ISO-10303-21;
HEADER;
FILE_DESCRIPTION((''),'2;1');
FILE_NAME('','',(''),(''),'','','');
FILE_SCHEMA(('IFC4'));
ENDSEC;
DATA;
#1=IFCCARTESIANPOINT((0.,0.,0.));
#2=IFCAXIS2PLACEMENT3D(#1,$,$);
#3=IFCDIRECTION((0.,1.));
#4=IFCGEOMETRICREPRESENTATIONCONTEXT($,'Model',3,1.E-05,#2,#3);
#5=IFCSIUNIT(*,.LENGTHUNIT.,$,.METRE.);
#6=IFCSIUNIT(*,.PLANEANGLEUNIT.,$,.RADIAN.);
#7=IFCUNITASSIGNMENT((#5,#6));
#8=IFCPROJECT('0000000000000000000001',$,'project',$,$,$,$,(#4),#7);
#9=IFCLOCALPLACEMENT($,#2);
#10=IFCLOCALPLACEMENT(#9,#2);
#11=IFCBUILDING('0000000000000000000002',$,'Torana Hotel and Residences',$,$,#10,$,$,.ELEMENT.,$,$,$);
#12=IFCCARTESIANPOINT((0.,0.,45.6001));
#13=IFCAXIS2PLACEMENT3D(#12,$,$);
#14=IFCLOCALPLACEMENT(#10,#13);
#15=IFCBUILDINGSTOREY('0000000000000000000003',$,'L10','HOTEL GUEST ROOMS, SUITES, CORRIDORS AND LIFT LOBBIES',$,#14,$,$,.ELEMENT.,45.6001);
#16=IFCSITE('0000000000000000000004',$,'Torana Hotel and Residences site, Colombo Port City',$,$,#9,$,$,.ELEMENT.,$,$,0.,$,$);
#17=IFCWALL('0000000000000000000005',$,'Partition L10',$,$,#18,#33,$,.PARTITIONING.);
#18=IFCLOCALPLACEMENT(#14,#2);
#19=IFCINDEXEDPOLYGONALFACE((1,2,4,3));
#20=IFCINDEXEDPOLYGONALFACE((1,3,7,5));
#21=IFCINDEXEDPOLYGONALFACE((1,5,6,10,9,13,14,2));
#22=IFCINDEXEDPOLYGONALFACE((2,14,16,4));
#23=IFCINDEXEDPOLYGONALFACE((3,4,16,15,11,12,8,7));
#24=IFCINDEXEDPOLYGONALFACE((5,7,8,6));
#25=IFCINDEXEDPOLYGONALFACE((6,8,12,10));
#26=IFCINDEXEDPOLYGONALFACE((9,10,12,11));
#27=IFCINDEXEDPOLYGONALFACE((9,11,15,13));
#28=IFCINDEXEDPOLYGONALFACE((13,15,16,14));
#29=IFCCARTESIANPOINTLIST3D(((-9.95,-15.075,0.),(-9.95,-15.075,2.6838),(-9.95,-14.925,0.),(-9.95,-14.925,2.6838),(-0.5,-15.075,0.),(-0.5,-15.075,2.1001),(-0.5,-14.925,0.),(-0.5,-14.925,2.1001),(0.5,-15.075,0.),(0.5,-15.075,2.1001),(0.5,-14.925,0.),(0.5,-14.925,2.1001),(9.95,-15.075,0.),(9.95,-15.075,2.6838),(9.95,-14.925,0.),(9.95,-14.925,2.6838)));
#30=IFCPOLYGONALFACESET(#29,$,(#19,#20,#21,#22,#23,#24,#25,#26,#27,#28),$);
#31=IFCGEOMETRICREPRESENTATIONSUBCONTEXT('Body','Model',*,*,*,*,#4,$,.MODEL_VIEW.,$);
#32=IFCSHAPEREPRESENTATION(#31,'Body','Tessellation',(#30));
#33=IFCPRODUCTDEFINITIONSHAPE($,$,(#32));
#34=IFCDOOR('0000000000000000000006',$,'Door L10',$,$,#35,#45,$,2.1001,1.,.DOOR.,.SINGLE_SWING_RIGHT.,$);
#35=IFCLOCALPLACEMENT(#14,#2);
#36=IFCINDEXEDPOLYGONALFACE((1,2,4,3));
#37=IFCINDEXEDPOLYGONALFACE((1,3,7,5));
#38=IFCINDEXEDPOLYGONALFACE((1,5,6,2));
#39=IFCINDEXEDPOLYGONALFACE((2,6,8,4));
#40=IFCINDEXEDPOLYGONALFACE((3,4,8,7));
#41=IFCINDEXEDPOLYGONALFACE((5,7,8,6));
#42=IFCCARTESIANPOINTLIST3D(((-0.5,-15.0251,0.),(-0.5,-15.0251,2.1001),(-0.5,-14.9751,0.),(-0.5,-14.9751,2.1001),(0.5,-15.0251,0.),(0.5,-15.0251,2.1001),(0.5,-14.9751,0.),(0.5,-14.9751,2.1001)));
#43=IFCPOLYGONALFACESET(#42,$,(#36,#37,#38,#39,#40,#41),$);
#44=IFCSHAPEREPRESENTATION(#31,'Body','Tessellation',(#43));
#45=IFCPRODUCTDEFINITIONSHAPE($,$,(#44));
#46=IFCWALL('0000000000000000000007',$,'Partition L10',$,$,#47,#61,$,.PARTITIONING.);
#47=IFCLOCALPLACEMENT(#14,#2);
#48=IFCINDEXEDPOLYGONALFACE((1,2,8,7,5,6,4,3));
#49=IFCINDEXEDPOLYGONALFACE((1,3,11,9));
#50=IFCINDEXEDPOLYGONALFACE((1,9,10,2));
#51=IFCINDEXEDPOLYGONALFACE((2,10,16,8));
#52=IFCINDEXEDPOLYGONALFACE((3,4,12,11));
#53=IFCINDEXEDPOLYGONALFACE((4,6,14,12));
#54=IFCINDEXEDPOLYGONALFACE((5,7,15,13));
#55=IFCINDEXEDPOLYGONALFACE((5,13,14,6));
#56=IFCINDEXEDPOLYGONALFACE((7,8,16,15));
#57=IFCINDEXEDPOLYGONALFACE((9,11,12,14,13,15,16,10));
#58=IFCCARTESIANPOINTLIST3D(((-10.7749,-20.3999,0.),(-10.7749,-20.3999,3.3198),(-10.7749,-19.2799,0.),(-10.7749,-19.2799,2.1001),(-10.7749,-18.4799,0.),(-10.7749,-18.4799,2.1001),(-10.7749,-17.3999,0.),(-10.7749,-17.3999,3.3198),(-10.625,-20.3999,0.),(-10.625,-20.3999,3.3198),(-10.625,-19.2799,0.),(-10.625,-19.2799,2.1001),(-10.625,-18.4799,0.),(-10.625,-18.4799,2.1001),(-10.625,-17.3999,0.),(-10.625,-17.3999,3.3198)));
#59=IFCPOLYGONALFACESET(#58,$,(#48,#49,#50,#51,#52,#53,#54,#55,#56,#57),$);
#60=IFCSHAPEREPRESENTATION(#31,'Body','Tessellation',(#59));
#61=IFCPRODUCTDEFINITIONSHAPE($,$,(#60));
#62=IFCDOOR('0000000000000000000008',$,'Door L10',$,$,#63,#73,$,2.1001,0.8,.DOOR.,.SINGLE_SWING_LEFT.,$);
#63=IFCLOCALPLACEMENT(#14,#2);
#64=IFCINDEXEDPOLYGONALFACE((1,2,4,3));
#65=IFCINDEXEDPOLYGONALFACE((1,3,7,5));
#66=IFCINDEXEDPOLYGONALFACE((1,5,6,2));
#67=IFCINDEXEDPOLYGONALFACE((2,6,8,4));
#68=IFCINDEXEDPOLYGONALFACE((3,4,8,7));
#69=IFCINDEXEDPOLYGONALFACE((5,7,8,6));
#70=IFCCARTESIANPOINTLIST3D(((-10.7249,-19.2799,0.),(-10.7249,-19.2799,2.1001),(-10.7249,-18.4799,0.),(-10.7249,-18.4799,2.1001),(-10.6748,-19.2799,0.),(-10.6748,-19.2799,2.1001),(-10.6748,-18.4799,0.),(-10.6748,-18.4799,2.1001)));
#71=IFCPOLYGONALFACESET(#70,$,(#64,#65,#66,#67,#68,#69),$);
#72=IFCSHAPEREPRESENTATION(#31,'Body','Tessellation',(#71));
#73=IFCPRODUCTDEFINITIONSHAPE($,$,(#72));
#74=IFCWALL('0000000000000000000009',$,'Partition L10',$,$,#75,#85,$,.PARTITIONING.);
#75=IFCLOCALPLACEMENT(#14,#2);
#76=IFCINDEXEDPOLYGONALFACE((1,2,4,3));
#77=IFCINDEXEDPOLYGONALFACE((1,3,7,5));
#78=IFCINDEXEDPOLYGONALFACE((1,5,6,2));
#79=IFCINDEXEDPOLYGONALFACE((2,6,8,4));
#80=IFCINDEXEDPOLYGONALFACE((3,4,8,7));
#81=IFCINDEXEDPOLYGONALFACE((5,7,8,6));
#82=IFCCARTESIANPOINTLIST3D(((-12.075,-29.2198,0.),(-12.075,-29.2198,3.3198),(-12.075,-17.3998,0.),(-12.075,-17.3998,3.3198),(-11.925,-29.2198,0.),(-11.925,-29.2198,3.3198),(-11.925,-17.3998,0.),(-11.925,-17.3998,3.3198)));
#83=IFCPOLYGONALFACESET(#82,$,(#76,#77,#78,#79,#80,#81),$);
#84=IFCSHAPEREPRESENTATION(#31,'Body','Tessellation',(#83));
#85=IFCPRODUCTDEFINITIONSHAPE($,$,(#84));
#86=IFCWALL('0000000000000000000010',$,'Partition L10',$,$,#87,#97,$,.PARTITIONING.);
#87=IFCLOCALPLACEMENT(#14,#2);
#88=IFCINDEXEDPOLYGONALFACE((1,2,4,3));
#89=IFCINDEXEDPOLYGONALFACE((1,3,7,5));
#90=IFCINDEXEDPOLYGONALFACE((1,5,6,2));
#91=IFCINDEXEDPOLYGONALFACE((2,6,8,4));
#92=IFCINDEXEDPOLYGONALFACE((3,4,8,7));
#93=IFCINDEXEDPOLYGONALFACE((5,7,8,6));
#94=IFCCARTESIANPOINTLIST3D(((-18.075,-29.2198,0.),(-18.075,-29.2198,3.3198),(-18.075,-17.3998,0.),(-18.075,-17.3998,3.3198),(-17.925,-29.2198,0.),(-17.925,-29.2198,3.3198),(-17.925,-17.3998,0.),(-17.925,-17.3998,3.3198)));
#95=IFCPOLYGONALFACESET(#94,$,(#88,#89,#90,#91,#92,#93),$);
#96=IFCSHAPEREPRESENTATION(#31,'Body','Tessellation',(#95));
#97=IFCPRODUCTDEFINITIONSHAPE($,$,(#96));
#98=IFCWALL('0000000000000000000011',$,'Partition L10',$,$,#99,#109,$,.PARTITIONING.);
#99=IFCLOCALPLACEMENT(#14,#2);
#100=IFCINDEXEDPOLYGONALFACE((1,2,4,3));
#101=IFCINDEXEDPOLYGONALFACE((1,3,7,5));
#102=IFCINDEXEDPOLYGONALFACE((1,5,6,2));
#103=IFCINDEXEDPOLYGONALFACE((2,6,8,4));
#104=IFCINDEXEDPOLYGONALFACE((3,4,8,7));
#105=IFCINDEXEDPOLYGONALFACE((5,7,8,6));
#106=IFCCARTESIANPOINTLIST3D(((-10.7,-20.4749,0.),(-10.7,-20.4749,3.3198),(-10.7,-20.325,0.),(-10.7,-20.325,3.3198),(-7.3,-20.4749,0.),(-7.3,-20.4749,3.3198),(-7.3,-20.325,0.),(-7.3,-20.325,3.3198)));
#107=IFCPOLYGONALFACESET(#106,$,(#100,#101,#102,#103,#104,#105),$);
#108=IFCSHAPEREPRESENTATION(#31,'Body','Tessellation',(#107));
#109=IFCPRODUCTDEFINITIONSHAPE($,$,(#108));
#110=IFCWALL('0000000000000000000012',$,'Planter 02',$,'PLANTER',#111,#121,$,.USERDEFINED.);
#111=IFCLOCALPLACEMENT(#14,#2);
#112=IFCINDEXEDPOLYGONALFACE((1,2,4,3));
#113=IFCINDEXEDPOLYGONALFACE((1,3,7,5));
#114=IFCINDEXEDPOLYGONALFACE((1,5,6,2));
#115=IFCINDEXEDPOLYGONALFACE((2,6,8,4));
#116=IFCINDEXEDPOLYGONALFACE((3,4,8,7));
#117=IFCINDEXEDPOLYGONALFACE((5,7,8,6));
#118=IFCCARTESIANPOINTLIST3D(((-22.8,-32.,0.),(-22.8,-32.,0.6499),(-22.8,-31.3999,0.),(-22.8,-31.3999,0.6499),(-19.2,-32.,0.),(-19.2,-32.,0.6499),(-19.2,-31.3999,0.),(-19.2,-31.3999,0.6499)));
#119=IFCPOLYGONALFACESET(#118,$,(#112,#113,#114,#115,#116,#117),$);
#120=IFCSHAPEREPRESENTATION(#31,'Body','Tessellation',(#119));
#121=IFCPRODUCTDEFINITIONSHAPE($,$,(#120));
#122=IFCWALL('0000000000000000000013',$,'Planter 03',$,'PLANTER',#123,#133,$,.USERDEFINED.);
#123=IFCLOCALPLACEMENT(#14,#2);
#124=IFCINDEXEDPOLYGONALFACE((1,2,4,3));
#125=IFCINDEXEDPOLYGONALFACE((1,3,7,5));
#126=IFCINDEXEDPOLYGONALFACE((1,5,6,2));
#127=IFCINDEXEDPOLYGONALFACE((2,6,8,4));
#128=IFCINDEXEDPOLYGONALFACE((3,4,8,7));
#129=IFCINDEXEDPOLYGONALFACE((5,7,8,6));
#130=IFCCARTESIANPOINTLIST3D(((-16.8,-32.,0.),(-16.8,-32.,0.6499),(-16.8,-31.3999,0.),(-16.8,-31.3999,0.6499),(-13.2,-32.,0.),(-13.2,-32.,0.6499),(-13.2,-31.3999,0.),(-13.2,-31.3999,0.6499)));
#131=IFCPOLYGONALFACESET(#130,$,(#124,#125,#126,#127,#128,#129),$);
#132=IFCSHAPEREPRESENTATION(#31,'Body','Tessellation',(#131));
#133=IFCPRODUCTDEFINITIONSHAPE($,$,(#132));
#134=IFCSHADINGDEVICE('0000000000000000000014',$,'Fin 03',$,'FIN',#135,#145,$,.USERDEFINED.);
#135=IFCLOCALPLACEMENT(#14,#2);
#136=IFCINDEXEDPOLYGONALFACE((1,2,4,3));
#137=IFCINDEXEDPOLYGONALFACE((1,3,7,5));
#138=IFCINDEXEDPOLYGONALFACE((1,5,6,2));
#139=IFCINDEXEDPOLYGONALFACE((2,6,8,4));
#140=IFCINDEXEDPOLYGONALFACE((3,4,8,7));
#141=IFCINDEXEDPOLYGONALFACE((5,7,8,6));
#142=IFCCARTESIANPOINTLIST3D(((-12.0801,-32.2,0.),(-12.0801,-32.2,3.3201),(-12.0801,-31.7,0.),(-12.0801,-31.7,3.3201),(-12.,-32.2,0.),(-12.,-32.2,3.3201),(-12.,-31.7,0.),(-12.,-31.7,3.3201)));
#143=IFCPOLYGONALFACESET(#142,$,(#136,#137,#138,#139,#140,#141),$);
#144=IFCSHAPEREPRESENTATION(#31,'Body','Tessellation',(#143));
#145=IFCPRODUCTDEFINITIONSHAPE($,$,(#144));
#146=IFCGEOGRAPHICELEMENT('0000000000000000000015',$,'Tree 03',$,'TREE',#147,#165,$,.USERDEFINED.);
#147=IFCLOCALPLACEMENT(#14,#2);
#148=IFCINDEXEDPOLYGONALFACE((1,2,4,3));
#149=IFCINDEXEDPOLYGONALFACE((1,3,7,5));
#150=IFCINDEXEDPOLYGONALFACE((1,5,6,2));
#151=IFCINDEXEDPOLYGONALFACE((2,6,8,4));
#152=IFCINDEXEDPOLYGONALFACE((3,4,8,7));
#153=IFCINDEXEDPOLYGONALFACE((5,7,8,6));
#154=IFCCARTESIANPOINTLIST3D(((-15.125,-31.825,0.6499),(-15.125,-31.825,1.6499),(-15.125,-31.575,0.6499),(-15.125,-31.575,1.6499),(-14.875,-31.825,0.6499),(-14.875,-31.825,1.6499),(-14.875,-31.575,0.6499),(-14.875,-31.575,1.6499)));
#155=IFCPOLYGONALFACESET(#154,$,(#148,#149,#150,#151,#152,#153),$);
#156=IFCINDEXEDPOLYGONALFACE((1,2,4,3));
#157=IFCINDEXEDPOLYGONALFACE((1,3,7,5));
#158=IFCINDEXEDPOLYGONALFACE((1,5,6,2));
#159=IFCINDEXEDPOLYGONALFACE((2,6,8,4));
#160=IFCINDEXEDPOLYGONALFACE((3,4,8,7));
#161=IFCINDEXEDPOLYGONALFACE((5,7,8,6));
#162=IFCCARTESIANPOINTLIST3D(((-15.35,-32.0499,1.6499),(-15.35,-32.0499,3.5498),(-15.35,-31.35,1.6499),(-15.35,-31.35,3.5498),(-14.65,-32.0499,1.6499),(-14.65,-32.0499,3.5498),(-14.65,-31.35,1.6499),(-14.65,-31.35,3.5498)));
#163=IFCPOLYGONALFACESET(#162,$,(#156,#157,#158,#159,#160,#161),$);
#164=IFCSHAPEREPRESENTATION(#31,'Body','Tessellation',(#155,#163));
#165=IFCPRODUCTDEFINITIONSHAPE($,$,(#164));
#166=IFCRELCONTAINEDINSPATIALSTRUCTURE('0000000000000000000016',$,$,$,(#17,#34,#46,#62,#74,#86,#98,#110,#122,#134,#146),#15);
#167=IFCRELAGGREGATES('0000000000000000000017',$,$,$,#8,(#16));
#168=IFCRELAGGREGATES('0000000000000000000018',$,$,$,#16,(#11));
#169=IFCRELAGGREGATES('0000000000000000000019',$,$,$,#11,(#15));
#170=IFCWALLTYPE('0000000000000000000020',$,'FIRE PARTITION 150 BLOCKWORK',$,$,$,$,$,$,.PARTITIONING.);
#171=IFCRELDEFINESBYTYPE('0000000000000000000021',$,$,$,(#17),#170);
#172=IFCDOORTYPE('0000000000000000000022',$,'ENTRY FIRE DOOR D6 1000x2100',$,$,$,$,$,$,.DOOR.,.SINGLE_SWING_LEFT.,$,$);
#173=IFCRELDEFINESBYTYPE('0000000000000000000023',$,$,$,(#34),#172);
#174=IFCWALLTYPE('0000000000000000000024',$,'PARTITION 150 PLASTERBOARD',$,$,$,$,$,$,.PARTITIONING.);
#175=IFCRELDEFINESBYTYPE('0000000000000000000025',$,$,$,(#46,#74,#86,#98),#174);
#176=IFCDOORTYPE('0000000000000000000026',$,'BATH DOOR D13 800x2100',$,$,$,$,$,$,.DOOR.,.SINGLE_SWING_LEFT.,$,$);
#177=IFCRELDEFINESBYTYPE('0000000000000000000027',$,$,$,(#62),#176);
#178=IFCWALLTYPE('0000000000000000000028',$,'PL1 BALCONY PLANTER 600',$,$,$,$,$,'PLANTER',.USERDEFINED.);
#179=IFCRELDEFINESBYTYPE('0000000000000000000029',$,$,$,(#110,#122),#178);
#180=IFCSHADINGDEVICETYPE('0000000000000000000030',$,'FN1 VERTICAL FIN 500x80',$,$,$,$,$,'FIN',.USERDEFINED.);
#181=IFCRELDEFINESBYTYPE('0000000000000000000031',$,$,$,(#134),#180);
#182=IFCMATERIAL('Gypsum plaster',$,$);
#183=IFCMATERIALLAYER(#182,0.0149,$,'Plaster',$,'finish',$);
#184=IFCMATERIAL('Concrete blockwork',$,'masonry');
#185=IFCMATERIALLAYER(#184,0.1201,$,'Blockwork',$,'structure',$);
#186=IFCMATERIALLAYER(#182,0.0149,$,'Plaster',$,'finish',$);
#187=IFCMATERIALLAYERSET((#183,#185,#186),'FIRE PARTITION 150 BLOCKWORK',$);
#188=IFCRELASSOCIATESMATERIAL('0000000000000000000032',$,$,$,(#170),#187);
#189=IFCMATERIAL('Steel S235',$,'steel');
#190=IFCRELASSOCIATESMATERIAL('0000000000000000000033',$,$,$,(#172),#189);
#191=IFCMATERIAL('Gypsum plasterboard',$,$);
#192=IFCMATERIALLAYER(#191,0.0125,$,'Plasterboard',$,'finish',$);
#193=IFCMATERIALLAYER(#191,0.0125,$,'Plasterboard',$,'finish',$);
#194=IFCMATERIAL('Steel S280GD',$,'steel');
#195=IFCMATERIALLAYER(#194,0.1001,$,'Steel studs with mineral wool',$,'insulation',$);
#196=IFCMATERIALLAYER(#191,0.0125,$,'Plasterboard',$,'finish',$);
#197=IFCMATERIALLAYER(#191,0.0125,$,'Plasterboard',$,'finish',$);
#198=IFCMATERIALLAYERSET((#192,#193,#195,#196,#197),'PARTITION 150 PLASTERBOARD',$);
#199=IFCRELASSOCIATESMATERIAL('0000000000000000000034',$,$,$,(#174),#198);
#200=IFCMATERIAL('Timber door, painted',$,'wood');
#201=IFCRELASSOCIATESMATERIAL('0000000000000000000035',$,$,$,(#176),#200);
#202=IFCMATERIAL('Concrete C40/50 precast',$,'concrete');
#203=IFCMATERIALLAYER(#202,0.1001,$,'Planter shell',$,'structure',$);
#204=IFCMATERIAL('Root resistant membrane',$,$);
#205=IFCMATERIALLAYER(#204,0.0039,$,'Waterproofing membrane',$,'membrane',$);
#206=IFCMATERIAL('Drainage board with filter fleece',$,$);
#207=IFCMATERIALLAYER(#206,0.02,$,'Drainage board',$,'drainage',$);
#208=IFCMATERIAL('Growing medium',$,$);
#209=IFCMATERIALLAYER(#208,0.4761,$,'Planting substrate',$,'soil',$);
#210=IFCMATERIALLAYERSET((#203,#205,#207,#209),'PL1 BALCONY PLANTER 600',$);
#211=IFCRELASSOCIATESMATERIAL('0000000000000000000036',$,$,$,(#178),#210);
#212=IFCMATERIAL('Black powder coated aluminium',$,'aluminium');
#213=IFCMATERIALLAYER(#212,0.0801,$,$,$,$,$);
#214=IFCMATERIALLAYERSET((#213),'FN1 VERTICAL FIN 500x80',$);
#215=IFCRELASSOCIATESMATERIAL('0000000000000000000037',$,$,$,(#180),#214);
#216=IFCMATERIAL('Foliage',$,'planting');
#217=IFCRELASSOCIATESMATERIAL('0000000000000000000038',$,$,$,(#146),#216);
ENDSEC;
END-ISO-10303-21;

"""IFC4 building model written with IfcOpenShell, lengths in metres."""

from ifc_helpers import new_model, si_unit, direction, frame, frame_2d, origin, origin_2d, place, context, subcontext, project, spatial, rectangle, extrude, material, layer, layer_set, type_object, element, fill, save


model = new_model("IFC4")

# Units and contexts
model_context = context("Model", 3, precision=1e-05, world=origin(), true_north=direction((0.0, 1.0)))
body_context = subcontext(model_context, "Body", "Model", "MODEL_VIEW")
ifc_project = project(units=[si_unit("LENGTHUNIT", "METRE"), si_unit("PLANEANGLEUNIT", "RADIAN")], contexts=[model_context])

# Site, building, storey
site_placement = place(None, origin())
site = spatial("IfcSite", under=ifc_project, at=site_placement, Name="Torana Hotel and Residences site, Colombo Port City", CompositionType="ELEMENT", RefElevation=0.0)
building_placement = place(site_placement, origin())
building = spatial("IfcBuilding", under=site, at=building_placement, Name="Torana Hotel and Residences", CompositionType="ELEMENT")
storey_placement = place(building_placement, frame((0.0, 0.0, 45.6001)))
storey = spatial("IfcBuildingStorey", under=building, at=storey_placement, Name="L10", Description="HOTEL GUEST ROOMS, SUITES, CORRIDORS AND LIFT LOBBIES", CompositionType="ELEMENT", Elevation=45.6001)

# Walls, openings, doors
ifc_material_1 = material(Name="Gypsum plaster")
ifc_layer_1 = layer(ifc_material_1, 0.0149, Name="Plaster", Category="finish")
ifc_material_2 = material(Name="Concrete blockwork", Category="masonry")
ifc_layer_2 = layer(ifc_material_2, 0.1201, Name="Blockwork", Category="structure")
ifc_layer_3 = layer(ifc_material_1, 0.0149, Name="Plaster", Category="finish")
ifc_layer_set_1 = layer_set([ifc_layer_1, ifc_layer_2, ifc_layer_3], Name="FIRE PARTITION 150 BLOCKWORK")
wall_type_1 = type_object("IfcWallType", Name="FIRE PARTITION 150 BLOCKWORK", PredefinedType="PARTITIONING", material=ifc_layer_set_1)
wall_1_placement = place(storey_placement, frame((-9.95, -15.0, 0.0), z_axis=(0.0, 0.0, 1.0), x_axis=(1.0, 0.0, 0.0)))
wall_1 = element("IfcWall", 1, at=wall_1_placement, inside=storey, type_object=wall_type_1, Name="Partition L10", PredefinedType="PARTITIONING", context=body_context, shape_type="SweptSolid", body=[
    extrude(rectangle(XDim=19.8999, YDim=0.1499, at=frame_2d((9.95, 0.0))), origin(), (0.0, 0.0, 1.0), 2.6838),
])
opening_1_placement = place(wall_1_placement, frame((9.45, 0.0, 0.0)))
opening_1 = element("IfcOpeningElement", 2, at=opening_1_placement, cuts=wall_1, PredefinedType="OPENING", context=body_context, shape_type="SweptSolid", body=[
    extrude(rectangle(XDim=1.0, YDim=2.1001, at=frame_2d((0.5, 1.05))), frame((0.0, 0.085, 0.0), z_axis=(0.0, -1.0, 0.0), x_axis=(1.0, 0.0, 0.0)), (0.0, 0.0, 1.0), 0.1699),
])
ifc_material_3 = material(Name="Steel S235", Category="steel")
door_type_1 = type_object("IfcDoorType", Name="ENTRY FIRE DOOR D6 1000x2100", OperationType="SINGLE_SWING_LEFT", PredefinedType="DOOR", material=ifc_material_3)
door_1_placement = place(opening_1_placement, origin())
door_1 = element("IfcDoor", 3, at=door_1_placement, inside=storey, type_object=door_type_1, Name="Door L10", OperationType="SINGLE_SWING_RIGHT", OverallHeight=2.1001, OverallWidth=1.0, PredefinedType="DOOR", context=body_context, shape_type="SweptSolid", body=[
    extrude(rectangle(XDim=1.0, YDim=2.1001, at=frame_2d((0.5, 1.05))), frame((0.0, 0.0249, 0.0), z_axis=(0.0, -1.0, 0.0), x_axis=(1.0, 0.0, 0.0)), (0.0, 0.0, 1.0), 0.05),
])
fill(opening_1, door_1)
ifc_material_4 = material(Name="Gypsum plasterboard")
ifc_layer_4 = layer(ifc_material_4, 0.0125, Name="Plasterboard", Category="finish")
ifc_layer_5 = layer(ifc_material_4, 0.0125, Name="Plasterboard", Category="finish")
ifc_material_5 = material(Name="Steel S280GD", Category="steel")
ifc_layer_6 = layer(ifc_material_5, 0.1001, Name="Steel studs with mineral wool", Category="insulation")
ifc_layer_7 = layer(ifc_material_4, 0.0125, Name="Plasterboard", Category="finish")
ifc_layer_8 = layer(ifc_material_4, 0.0125, Name="Plasterboard", Category="finish")
ifc_layer_set_2 = layer_set([ifc_layer_4, ifc_layer_5, ifc_layer_6, ifc_layer_7, ifc_layer_8], Name="PARTITION 150 PLASTERBOARD")
wall_type_2 = type_object("IfcWallType", Name="PARTITION 150 PLASTERBOARD", PredefinedType="PARTITIONING", material=ifc_layer_set_2)
wall_2_placement = place(storey_placement, frame((-10.7, -20.3999, 0.0), z_axis=(0.0, 0.0, 1.0), x_axis=(0.0, 1.0, 0.0)))
wall_2 = element("IfcWall", 4, at=wall_2_placement, inside=storey, type_object=wall_type_2, Name="Partition L10", PredefinedType="PARTITIONING", context=body_context, shape_type="SweptSolid", body=[
    extrude(rectangle(XDim=3.0, YDim=0.1499, at=frame_2d((1.5, 0.0))), origin(), (0.0, 0.0, 1.0), 3.3198),
])
opening_2_placement = place(wall_2_placement, frame((1.1201, 0.0, 0.0)))
opening_2 = element("IfcOpeningElement", 5, at=opening_2_placement, cuts=wall_2, PredefinedType="OPENING", context=body_context, shape_type="SweptSolid", body=[
    extrude(rectangle(XDim=0.8, YDim=2.1001, at=frame_2d((0.3999, 1.05))), frame((0.0, 0.085, 0.0), z_axis=(0.0, -1.0, 0.0), x_axis=(1.0, 0.0, 0.0)), (0.0, 0.0, 1.0), 0.1699),
])
ifc_material_6 = material(Name="Timber door, painted", Category="wood")
door_type_2 = type_object("IfcDoorType", Name="BATH DOOR D13 800x2100", OperationType="SINGLE_SWING_LEFT", PredefinedType="DOOR", material=ifc_material_6)
door_2_placement = place(opening_2_placement, origin())
door_2 = element("IfcDoor", 6, at=door_2_placement, inside=storey, type_object=door_type_2, Name="Door L10", OperationType="SINGLE_SWING_LEFT", OverallHeight=2.1001, OverallWidth=0.8, PredefinedType="DOOR", context=body_context, shape_type="SweptSolid", body=[
    extrude(rectangle(XDim=0.8, YDim=2.1001, at=frame_2d((0.3999, 1.05))), frame((0.0, 0.0249, 0.0), z_axis=(0.0, -1.0, 0.0), x_axis=(1.0, 0.0, 0.0)), (0.0, 0.0, 1.0), 0.05),
])
fill(opening_2, door_2)

# Walls
for number, where, z_axis, x_axis, name in (
    (7, (-12.0, -29.22, 0.0), (0.0, 0.0, 1.0), (0.0, 1.0, 0.0), "Partition L10"),
    (8, (-18.0, -29.22, 0.0), (0.0, 0.0, 1.0), (0.0, 1.0, 0.0), "Partition L10"),
):
    element("IfcWall", number, at=place(storey_placement, frame(where, z_axis=z_axis, x_axis=x_axis)), inside=storey, type_object=wall_type_2, Name=name, PredefinedType="PARTITIONING", context=body_context, shape_type="SweptSolid", body=[
        extrude(rectangle(XDim=11.8201, YDim=0.1499, at=frame_2d((5.9102, 0.0))), origin(), (0.0, 0.0, 1.0), 3.3198),
    ])
wall_3_placement = place(storey_placement, frame((-10.7, -20.3999, 0.0), z_axis=(0.0, 0.0, 1.0), x_axis=(1.0, 0.0, 0.0)))
element("IfcWall", 9, at=wall_3_placement, inside=storey, type_object=wall_type_2, Name="Partition L10", PredefinedType="PARTITIONING", context=body_context, shape_type="SweptSolid", body=[
    extrude(rectangle(XDim=3.3999, YDim=0.1499, at=frame_2d((1.7, 0.0))), origin(), (0.0, 0.0, 1.0), 3.3198),
])
ifc_material_7 = material(Name="Concrete C40/50 precast", Category="concrete")
ifc_layer_9 = layer(ifc_material_7, 0.1001, Name="Planter shell", Category="structure")
ifc_material_8 = material(Name="Root resistant membrane")
ifc_layer_10 = layer(ifc_material_8, 0.0039, Name="Waterproofing membrane", Category="membrane")
ifc_material_9 = material(Name="Drainage board with filter fleece")
ifc_layer_11 = layer(ifc_material_9, 0.02, Name="Drainage board", Category="drainage")
ifc_material_10 = material(Name="Growing medium")
ifc_layer_12 = layer(ifc_material_10, 0.4761, Name="Planting substrate", Category="soil")
ifc_layer_set_3 = layer_set([ifc_layer_9, ifc_layer_10, ifc_layer_11, ifc_layer_12], Name="PL1 BALCONY PLANTER 600")
wall_type_3 = type_object("IfcWallType", Name="PL1 BALCONY PLANTER 600", ElementType="PLANTER", PredefinedType="USERDEFINED", material=ifc_layer_set_3)
for number, where, z_axis, x_axis, name in (
    (10, (-19.2, -31.7, 0.0), (0.0, 0.0, 1.0), (-1.0, 0.0, 0.0), "Planter 02"),
    (11, (-13.2, -31.7, 0.0), (0.0, 0.0, 1.0), (-1.0, 0.0, 0.0), "Planter 03"),
):
    element("IfcWall", number, at=place(storey_placement, frame(where, z_axis=z_axis, x_axis=x_axis)), inside=storey, type_object=wall_type_3, Name=name, ObjectType="PLANTER", PredefinedType="USERDEFINED", context=body_context, shape_type="SweptSolid", body=[
        extrude(rectangle(XDim=3.6001, YDim=0.6001, at=frame_2d((1.8, 0.0))), origin(), (0.0, 0.0, 1.0), 0.6499),
    ])

# Shading device
ifc_material_11 = material(Name="Black powder coated aluminium", Category="aluminium")
ifc_layer_13 = layer(ifc_material_11, 0.0801)
ifc_layer_set_4 = layer_set([ifc_layer_13], Name="FN1 VERTICAL FIN 500x80")
shading_device_type = type_object("IfcShadingDeviceType", Name="FN1 VERTICAL FIN 500x80", ElementType="FIN", PredefinedType="USERDEFINED", material=ifc_layer_set_4)
shading_device_placement = place(storey_placement, frame((-12.04, -31.95, 0.0), z_axis=(0.0, 0.0, 1.0), x_axis=(-1.0, 0.0, 0.0)))
element("IfcShadingDevice", 12, at=shading_device_placement, inside=storey, type_object=shading_device_type, Name="Fin 03", ObjectType="FIN", PredefinedType="USERDEFINED", context=body_context, shape_type="SweptSolid", body=[
    extrude(rectangle(XDim=0.0801, YDim=0.5, at=origin_2d()), origin(), (0.0, 0.0, 1.0), 3.3201),
])

# Geographic element
ifc_material_12 = material(Name="Foliage", Category="planting")
geographic_element_placement = place(storey_placement, frame((-15.0, -31.7, 0.6499), z_axis=(0.0, 0.0, 1.0), x_axis=(1.0, 0.0, 0.0)))
element("IfcGeographicElement", 13, at=geographic_element_placement, inside=storey, material=ifc_material_12, Name="Tree 03", ObjectType="TREE", PredefinedType="USERDEFINED", context=body_context, shape_type="SweptSolid", body=[
    extrude(rectangle(XDim=0.25, YDim=0.25, at=origin_2d()), origin(), (0.0, 0.0, 1.0), 1.0),
    extrude(rectangle(XDim=0.7, YDim=0.7, at=origin_2d()), frame((0.0, 0.0, 1.0)), (0.0, 0.0, 1.0), 1.8999),
])

save(model, "model.ifc")
